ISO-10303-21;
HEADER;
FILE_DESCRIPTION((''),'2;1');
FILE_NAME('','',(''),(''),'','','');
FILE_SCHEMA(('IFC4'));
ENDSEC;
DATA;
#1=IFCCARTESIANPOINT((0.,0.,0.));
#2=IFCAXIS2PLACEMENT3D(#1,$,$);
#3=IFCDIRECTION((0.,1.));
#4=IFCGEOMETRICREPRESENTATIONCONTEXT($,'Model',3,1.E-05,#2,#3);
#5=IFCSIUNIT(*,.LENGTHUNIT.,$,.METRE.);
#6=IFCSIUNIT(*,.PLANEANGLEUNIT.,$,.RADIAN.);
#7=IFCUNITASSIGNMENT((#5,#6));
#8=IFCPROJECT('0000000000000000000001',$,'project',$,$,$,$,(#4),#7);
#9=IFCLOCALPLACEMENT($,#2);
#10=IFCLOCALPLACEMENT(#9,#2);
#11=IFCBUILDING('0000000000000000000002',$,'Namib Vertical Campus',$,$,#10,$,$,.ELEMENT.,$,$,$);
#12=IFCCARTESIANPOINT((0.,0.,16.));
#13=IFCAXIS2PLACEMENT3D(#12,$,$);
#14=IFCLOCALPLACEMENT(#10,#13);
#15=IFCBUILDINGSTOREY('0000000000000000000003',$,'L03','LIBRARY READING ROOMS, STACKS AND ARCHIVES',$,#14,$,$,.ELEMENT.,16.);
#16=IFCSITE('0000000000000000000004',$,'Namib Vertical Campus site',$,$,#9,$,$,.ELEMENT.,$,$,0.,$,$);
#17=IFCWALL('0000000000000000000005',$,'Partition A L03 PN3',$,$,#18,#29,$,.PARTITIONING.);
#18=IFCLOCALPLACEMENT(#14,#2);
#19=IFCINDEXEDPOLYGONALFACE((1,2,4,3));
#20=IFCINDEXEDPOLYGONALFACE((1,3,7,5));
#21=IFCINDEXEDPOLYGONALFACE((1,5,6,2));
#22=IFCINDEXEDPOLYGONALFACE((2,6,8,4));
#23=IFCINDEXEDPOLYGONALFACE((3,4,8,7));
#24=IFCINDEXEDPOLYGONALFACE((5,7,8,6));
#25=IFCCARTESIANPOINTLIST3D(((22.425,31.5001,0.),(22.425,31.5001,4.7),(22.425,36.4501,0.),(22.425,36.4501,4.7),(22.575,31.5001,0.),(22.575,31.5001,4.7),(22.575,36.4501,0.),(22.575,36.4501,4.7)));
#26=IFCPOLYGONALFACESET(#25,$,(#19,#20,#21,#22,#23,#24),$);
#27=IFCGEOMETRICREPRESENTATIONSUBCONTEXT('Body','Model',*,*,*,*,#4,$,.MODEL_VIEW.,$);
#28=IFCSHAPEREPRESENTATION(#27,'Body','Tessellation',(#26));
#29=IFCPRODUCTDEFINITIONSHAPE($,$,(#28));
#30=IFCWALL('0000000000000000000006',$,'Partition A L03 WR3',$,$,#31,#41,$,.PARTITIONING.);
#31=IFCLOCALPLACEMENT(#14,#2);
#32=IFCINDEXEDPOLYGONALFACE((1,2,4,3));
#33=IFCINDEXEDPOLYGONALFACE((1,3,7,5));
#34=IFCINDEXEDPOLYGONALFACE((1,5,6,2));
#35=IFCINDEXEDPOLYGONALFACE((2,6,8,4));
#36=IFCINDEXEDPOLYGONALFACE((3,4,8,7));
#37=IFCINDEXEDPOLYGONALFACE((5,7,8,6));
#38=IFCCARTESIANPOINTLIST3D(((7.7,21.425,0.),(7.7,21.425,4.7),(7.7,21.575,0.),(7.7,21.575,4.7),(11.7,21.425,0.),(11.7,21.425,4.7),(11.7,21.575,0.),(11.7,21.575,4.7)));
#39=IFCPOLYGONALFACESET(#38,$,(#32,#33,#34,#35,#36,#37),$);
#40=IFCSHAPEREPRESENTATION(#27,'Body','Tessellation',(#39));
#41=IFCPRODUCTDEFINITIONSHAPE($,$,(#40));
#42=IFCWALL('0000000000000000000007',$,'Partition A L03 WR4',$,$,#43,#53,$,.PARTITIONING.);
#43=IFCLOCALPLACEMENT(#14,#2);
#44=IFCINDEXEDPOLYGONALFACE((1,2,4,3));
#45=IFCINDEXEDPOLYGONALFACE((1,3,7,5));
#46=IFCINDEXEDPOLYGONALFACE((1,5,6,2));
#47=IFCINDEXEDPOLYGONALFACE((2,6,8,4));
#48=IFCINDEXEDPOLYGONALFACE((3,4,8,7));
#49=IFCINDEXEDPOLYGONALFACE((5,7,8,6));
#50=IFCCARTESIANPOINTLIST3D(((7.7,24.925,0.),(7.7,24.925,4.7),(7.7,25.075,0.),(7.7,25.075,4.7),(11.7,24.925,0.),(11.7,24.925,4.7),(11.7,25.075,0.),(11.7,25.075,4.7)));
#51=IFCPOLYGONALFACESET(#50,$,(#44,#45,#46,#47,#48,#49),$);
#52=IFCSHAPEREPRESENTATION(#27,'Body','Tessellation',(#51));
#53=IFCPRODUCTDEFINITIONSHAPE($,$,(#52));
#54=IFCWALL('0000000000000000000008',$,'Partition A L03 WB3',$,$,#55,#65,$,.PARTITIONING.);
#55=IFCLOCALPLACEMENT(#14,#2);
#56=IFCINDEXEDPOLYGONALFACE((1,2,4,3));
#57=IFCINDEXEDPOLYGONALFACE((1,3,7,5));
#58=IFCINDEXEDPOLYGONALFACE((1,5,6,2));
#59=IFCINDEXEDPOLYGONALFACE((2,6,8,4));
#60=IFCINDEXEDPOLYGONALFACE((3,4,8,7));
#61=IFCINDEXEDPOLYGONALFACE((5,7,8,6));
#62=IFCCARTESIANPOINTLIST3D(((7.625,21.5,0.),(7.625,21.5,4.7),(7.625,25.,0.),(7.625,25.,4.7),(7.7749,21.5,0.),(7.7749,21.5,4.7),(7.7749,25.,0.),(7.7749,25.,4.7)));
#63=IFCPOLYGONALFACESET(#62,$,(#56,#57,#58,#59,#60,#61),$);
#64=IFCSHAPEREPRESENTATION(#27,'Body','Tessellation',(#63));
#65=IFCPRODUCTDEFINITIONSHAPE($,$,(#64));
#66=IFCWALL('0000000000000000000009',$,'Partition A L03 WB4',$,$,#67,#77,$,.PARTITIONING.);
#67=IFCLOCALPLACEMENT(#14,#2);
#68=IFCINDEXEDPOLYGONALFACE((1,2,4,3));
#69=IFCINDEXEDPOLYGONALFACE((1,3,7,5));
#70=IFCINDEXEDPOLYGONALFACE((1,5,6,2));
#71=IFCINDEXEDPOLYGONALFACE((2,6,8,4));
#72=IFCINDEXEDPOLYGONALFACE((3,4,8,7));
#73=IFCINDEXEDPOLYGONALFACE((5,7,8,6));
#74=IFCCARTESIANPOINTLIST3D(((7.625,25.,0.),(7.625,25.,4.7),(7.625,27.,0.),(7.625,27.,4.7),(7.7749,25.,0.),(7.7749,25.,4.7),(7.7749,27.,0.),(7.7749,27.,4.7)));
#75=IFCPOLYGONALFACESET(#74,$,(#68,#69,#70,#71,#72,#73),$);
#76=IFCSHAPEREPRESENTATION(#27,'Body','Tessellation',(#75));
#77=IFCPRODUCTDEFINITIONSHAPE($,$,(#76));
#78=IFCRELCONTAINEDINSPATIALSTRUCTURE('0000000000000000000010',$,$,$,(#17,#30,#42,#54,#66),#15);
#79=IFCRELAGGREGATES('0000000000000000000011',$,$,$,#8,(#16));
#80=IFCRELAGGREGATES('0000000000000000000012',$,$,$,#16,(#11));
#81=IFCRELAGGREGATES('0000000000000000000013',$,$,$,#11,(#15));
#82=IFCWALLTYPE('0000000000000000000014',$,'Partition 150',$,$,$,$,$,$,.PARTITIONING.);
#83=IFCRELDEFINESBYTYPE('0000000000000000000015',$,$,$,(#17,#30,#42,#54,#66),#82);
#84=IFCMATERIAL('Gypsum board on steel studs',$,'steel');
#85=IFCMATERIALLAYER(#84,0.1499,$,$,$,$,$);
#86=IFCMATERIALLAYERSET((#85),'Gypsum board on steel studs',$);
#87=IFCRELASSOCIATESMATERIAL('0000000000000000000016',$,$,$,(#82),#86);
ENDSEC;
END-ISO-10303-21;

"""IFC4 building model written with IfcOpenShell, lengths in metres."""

from ifc_helpers import new_model, si_unit, direction, frame, frame_2d, origin, place, context, subcontext, project, spatial, rectangle, extrude, material, layer, layer_set, type_object, element, save


model = new_model("IFC4")

# Units and contexts
model_context = context("Model", 3, precision=1e-05, world=origin(), true_north=direction((0.0, 1.0)))
body_context = subcontext(model_context, "Body", "Model", "MODEL_VIEW")
ifc_project = project(units=[si_unit("LENGTHUNIT", "METRE"), si_unit("PLANEANGLEUNIT", "RADIAN")], contexts=[model_context])

# Site, building, storey
site_placement = place(None, origin())
site = spatial("IfcSite", under=ifc_project, at=site_placement, Name="Namib Vertical Campus site", CompositionType="ELEMENT", RefElevation=0.0)
building_placement = place(site_placement, origin())
building = spatial("IfcBuilding", under=site, at=building_placement, Name="Namib Vertical Campus", CompositionType="ELEMENT")
storey_placement = place(building_placement, frame((0.0, 0.0, 16.0)))
storey = spatial("IfcBuildingStorey", under=building, at=storey_placement, Name="L03", Description="LIBRARY READING ROOMS, STACKS AND ARCHIVES", CompositionType="ELEMENT", Elevation=16.0)

# Walls
ifc_material_1 = material(Name="Gypsum board on steel studs", Category="steel")
ifc_layer_1 = layer(ifc_material_1, 0.1499)
ifc_layer_set_1 = layer_set([ifc_layer_1], Name="Gypsum board on steel studs")
wall_type_1 = type_object("IfcWallType", Name="Partition 150", PredefinedType="PARTITIONING", material=ifc_layer_set_1)
wall_1_placement = place(storey_placement, frame((22.5, 31.5, 0.0), z_axis=(0.0, 0.0, 1.0), x_axis=(0.0, 1.0, 0.0)))
element("IfcWall", 1, at=wall_1_placement, inside=storey, type_object=wall_type_1, Name="Partition A L03 PN3", PredefinedType="PARTITIONING", context=body_context, shape_type="SweptSolid", body=[
    extrude(rectangle(XDim=4.95, YDim=0.1499, at=frame_2d((2.4751, 0.0))), origin(), (0.0, 0.0, 1.0), 4.7),
])
for number, where, z_axis, x_axis, name in (
    (2, (11.7, 21.5, 0.0), (0.0, 0.0, 1.0), (-1.0, 0.0, 0.0), "Partition A L03 WR3"),
    (3, (11.7, 25.0, 0.0), (0.0, 0.0, 1.0), (-1.0, 0.0, 0.0), "Partition A L03 WR4"),
):
    element("IfcWall", number, at=place(storey_placement, frame(where, z_axis=z_axis, x_axis=x_axis)), inside=storey, type_object=wall_type_1, Name=name, PredefinedType="PARTITIONING", context=body_context, shape_type="SweptSolid", body=[
        extrude(rectangle(XDim=4.0, YDim=0.1499, at=frame_2d((2.0, 0.0))), origin(), (0.0, 0.0, 1.0), 4.7),
    ])
wall_2_placement = place(storey_placement, frame((7.7, 21.5, 0.0), z_axis=(0.0, 0.0, 1.0), x_axis=(0.0, 1.0, 0.0)))
element("IfcWall", 4, at=wall_2_placement, inside=storey, type_object=wall_type_1, Name="Partition A L03 WB3", PredefinedType="PARTITIONING", context=body_context, shape_type="SweptSolid", body=[
    extrude(rectangle(XDim=3.5, YDim=0.1499, at=frame_2d((1.75, 0.0))), origin(), (0.0, 0.0, 1.0), 4.7),
])
wall_3_placement = place(storey_placement, frame((7.7, 25.0, 0.0), z_axis=(0.0, 0.0, 1.0), x_axis=(0.0, 1.0, 0.0)))
element("IfcWall", 5, at=wall_3_placement, inside=storey, type_object=wall_type_1, Name="Partition A L03 WB4", PredefinedType="PARTITIONING", context=body_context, shape_type="SweptSolid", body=[
    extrude(rectangle(XDim=2.0, YDim=0.1499, at=frame_2d((1.0, 0.0))), origin(), (0.0, 0.0, 1.0), 4.7),
])

save(model, "model.ifc")
